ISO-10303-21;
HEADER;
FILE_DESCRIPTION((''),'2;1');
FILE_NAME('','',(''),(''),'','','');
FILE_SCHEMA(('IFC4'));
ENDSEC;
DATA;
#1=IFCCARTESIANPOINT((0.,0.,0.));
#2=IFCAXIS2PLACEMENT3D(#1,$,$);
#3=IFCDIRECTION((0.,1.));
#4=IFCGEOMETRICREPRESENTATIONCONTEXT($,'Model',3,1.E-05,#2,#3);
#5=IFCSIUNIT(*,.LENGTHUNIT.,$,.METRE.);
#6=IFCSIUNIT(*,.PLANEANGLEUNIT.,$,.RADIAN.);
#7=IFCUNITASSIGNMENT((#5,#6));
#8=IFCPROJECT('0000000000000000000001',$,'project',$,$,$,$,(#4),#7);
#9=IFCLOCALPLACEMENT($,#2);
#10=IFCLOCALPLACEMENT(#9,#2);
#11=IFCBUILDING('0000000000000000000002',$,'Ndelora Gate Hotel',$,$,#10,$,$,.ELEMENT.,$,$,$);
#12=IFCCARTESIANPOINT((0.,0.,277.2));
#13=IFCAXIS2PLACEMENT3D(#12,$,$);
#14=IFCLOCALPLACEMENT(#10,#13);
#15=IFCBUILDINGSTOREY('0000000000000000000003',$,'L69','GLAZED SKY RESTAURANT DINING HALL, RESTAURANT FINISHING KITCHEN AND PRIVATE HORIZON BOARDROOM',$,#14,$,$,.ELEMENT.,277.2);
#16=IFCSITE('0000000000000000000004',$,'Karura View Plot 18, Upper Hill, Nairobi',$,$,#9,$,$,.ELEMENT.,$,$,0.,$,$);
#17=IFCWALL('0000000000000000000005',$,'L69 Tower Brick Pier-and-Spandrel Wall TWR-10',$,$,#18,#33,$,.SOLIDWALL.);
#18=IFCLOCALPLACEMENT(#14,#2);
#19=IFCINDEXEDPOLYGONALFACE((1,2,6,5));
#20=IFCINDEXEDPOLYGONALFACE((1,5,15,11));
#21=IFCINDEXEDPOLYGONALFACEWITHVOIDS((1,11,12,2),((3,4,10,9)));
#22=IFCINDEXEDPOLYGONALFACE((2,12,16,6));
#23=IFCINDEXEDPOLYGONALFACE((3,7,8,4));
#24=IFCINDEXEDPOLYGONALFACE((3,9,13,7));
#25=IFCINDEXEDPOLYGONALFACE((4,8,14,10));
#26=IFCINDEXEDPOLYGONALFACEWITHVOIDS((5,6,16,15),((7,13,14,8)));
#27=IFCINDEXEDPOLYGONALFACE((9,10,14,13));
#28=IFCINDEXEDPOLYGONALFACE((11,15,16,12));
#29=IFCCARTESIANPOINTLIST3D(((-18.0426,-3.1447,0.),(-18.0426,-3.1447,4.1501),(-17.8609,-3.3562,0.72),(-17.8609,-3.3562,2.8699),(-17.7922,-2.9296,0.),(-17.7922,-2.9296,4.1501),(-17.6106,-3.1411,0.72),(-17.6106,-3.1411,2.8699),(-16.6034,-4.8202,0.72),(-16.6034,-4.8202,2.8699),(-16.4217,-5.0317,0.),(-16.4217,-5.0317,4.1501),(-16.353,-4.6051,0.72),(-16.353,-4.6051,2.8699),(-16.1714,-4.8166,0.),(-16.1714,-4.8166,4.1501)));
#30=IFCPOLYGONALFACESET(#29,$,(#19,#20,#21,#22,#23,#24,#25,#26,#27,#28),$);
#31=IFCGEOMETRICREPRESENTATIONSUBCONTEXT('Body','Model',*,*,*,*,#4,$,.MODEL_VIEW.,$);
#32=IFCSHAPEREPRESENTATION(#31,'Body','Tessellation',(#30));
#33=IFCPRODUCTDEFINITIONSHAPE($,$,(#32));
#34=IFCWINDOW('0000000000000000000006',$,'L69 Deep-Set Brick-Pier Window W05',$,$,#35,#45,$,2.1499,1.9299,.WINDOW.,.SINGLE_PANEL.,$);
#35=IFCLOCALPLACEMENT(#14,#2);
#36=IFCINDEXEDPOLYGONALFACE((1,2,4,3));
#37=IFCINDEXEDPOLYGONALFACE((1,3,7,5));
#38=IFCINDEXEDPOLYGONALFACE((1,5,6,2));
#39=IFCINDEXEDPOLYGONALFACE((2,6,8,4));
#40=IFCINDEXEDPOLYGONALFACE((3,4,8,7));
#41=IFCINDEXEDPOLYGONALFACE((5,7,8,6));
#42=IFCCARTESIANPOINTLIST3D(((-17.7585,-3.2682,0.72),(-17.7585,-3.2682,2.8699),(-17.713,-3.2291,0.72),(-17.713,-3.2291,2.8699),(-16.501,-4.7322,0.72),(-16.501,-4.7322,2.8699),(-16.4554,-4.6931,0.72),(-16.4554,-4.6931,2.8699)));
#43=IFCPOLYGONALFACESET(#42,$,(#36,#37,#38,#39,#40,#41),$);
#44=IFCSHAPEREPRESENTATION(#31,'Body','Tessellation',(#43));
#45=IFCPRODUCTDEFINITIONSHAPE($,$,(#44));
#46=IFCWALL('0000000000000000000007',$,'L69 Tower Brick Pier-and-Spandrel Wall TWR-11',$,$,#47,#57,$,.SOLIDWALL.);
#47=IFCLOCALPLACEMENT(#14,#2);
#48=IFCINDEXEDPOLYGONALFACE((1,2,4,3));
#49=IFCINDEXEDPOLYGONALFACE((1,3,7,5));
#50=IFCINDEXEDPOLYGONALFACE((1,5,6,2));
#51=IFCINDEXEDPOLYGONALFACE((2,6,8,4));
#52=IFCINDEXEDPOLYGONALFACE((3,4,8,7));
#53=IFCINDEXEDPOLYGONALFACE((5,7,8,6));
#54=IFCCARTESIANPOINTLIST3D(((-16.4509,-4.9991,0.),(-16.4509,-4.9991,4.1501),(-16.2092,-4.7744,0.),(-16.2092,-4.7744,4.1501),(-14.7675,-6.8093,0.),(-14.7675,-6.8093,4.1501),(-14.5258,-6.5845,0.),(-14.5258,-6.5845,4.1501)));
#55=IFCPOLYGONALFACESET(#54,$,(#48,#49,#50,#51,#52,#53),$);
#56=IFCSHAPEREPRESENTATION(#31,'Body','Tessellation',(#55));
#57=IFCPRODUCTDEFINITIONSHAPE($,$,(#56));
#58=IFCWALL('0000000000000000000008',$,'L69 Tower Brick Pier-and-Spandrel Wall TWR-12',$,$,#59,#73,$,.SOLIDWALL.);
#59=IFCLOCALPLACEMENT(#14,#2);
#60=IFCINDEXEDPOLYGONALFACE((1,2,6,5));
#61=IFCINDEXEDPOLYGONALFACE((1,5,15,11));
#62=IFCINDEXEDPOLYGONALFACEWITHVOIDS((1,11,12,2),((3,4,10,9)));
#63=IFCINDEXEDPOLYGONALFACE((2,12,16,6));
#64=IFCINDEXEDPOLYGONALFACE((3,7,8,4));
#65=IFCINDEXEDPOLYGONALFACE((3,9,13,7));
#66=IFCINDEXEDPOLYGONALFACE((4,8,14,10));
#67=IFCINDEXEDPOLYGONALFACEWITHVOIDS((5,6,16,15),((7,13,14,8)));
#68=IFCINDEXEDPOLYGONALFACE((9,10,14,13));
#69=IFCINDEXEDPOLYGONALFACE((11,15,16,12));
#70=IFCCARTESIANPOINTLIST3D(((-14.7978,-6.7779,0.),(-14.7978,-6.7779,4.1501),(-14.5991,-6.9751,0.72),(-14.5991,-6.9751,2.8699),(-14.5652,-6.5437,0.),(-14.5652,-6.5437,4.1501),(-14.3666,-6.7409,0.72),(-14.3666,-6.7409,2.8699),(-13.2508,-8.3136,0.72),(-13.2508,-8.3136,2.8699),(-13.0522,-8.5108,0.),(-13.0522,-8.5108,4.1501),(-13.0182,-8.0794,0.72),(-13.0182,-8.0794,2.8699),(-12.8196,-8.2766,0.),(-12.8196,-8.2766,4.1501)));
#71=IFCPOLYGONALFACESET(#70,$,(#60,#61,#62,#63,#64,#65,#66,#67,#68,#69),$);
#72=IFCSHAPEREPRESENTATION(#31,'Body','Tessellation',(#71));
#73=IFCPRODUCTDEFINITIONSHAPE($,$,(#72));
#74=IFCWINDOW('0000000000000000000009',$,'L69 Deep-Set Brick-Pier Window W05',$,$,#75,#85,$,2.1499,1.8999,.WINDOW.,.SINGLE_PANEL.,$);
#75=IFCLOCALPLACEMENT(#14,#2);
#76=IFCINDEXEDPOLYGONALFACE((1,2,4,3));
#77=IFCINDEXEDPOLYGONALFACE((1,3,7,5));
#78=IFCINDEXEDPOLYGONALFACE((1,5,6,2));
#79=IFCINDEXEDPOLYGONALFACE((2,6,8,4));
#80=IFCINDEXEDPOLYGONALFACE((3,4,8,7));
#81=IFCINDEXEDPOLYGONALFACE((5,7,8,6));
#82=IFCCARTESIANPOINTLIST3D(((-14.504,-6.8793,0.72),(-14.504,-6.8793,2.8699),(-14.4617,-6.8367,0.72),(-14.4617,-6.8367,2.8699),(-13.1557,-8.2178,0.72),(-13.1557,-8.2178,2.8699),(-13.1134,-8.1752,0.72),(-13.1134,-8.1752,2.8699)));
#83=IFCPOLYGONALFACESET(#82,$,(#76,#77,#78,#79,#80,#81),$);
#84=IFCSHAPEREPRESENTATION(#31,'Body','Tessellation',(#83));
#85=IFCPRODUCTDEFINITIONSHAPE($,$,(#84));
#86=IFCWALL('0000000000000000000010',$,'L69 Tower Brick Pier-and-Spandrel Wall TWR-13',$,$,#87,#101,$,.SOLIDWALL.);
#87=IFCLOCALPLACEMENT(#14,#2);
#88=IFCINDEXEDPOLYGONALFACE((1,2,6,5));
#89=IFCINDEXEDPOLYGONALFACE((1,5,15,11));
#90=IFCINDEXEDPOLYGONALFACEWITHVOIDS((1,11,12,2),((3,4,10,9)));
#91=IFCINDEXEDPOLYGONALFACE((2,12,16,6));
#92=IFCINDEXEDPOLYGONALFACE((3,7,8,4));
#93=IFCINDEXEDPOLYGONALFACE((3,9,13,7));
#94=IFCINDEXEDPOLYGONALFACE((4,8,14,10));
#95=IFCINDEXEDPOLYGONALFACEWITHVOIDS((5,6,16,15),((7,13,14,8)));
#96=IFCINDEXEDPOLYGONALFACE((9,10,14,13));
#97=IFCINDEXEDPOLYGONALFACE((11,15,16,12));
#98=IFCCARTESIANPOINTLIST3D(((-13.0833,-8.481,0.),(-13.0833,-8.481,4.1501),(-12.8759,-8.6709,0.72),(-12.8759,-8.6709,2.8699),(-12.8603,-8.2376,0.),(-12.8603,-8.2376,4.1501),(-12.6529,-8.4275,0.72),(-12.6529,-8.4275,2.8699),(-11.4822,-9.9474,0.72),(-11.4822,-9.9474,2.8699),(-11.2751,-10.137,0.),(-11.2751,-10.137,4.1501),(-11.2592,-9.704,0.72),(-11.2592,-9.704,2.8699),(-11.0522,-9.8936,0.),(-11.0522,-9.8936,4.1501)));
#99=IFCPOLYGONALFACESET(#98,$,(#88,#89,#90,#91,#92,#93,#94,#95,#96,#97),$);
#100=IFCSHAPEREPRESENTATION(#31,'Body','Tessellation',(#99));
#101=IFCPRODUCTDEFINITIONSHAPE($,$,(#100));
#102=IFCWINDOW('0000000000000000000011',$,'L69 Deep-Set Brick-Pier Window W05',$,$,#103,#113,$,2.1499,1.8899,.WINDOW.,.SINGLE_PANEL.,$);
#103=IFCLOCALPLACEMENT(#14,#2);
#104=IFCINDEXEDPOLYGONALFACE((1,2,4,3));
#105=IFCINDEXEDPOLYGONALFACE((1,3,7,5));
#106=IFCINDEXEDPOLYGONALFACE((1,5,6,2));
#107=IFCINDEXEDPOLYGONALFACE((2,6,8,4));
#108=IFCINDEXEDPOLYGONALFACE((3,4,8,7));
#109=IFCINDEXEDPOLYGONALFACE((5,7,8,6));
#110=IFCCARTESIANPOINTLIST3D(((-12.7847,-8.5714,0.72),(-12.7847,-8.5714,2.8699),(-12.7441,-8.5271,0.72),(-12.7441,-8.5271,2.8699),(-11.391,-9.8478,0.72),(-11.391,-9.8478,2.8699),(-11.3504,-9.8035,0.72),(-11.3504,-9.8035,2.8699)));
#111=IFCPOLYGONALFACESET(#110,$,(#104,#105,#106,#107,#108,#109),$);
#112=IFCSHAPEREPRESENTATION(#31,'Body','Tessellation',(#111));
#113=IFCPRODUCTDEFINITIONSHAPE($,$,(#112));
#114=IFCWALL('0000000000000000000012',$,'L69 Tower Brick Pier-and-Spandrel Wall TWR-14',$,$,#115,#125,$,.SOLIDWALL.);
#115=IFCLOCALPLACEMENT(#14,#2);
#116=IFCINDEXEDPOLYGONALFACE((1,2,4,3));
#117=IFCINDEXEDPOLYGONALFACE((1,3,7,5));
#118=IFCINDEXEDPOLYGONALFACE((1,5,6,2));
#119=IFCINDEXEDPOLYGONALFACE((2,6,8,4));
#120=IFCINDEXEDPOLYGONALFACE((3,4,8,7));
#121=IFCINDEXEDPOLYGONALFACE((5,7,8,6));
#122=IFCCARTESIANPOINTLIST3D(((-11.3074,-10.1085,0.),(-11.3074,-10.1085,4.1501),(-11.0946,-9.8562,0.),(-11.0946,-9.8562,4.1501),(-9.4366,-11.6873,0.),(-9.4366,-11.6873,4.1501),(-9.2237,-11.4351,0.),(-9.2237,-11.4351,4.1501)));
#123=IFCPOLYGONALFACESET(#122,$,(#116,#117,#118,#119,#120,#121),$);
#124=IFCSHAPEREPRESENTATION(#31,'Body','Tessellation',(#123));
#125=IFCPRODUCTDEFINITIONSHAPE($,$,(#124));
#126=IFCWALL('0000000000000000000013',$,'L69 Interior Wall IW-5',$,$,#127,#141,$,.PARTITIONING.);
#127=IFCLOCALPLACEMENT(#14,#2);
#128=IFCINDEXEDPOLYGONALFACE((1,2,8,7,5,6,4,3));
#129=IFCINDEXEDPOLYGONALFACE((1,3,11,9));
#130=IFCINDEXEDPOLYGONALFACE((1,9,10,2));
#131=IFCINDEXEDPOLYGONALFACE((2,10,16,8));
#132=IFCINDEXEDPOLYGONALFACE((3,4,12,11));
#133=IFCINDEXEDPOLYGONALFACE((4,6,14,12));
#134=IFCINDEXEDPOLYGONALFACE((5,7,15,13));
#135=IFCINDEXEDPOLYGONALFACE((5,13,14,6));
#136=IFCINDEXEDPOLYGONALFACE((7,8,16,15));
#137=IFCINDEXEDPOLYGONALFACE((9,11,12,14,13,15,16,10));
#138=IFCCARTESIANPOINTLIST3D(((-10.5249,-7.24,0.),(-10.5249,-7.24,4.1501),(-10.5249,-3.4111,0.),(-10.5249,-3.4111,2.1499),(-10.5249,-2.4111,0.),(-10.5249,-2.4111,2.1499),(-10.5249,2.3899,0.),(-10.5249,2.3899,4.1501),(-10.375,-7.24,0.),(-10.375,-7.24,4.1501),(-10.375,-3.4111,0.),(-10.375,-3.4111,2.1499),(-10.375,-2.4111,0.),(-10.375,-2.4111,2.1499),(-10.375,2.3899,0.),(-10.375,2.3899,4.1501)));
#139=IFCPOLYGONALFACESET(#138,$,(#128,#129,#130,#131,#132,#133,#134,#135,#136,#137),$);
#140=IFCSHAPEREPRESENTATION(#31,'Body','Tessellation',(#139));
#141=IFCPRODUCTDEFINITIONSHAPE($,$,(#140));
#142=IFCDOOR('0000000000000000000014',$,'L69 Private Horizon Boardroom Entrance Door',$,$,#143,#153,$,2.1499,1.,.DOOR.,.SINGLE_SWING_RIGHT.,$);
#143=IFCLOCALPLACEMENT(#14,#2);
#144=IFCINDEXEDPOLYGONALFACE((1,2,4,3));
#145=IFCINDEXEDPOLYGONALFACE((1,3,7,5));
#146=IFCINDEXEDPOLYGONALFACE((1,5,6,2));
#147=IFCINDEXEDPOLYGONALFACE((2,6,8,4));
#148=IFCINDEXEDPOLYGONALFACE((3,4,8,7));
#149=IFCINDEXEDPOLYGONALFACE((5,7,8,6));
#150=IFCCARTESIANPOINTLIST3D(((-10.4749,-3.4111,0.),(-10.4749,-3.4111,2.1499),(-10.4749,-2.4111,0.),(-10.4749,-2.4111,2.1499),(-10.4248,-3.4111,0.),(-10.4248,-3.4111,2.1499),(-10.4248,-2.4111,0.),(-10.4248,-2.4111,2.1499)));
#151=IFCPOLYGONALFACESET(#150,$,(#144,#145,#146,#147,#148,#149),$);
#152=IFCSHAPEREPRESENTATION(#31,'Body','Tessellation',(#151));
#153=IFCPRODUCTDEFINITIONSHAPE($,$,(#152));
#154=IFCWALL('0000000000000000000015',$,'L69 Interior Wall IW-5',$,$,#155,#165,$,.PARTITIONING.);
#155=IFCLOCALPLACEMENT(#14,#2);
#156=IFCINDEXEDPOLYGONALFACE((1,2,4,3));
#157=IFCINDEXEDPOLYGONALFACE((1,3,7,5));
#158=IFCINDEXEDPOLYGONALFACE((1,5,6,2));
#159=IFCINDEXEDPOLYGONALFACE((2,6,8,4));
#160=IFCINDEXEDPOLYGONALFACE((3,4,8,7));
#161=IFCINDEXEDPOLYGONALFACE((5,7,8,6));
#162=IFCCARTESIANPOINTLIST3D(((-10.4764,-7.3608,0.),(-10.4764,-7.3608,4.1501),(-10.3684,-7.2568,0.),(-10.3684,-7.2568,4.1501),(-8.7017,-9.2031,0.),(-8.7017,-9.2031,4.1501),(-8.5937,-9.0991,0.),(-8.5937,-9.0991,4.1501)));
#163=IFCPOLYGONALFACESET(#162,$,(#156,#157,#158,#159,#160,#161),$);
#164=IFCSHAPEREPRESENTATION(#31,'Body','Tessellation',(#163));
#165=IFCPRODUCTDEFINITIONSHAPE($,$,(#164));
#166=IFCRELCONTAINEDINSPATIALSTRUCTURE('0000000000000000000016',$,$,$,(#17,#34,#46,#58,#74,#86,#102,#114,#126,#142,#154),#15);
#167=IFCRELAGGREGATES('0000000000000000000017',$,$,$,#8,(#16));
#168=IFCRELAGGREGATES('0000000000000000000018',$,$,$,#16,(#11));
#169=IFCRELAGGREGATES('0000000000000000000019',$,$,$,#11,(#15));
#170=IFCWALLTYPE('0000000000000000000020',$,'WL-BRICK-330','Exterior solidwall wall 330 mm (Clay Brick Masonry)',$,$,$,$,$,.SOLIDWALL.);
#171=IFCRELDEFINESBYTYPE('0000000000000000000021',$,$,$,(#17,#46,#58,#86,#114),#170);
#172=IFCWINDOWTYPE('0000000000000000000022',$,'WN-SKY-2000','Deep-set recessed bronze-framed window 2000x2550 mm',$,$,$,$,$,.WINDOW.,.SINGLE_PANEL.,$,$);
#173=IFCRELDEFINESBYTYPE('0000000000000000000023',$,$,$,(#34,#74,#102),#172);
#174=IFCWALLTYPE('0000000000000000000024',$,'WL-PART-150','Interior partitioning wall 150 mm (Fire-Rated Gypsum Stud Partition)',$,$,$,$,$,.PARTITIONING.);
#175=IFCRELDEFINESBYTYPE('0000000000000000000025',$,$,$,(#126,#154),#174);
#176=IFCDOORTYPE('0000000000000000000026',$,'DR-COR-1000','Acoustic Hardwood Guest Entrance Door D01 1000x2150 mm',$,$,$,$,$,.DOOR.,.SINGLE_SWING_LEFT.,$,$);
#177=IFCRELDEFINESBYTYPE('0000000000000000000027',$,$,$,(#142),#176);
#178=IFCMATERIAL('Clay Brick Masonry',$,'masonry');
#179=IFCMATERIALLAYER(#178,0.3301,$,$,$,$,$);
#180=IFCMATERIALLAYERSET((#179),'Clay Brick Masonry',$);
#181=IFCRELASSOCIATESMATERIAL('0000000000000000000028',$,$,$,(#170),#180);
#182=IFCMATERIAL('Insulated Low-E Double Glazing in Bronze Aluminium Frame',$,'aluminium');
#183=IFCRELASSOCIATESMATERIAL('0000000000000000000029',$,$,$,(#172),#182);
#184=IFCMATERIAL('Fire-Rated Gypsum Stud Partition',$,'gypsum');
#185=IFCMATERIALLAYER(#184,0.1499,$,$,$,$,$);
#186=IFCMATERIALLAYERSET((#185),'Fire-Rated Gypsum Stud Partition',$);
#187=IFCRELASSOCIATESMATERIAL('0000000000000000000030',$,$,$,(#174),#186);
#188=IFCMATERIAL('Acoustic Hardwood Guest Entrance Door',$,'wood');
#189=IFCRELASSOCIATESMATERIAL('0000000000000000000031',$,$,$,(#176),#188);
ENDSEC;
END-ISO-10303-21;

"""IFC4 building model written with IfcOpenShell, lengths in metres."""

from ifc_helpers import new_model, si_unit, direction, frame, frame_2d, origin, place, context, subcontext, project, spatial, rectangle, extrude, material, layer, layer_set, type_object, element, fill, save


model = new_model("IFC4")

# Units and contexts
model_context = context("Model", 3, precision=1e-05, world=origin(), true_north=direction((0.0, 1.0)))
body_context = subcontext(model_context, "Body", "Model", "MODEL_VIEW")
ifc_project = project(units=[si_unit("LENGTHUNIT", "METRE"), si_unit("PLANEANGLEUNIT", "RADIAN")], contexts=[model_context])

# Site, building, storey
site_placement = place(None, origin())
site = spatial("IfcSite", under=ifc_project, at=site_placement, Name="Karura View Plot 18, Upper Hill, Nairobi", CompositionType="ELEMENT", RefElevation=0.0)
building_placement = place(site_placement, origin())
building = spatial("IfcBuilding", under=site, at=building_placement, Name="Ndelora Gate Hotel", CompositionType="ELEMENT")
storey_placement = place(building_placement, frame((0.0, 0.0, 277.2)))
storey = spatial("IfcBuildingStorey", under=building, at=storey_placement, Name="L69", Description="GLAZED SKY RESTAURANT DINING HALL, RESTAURANT FINISHING KITCHEN AND PRIVATE HORIZON BOARDROOM", CompositionType="ELEMENT", Elevation=277.2)

# Wall, opening, window
ifc_material_1 = material(Name="Clay Brick Masonry", Category="masonry")
ifc_layer_1 = layer(ifc_material_1, 0.3301)
ifc_layer_set_1 = layer_set([ifc_layer_1], Name="Clay Brick Masonry")
wall_type_1 = type_object("IfcWallType", Name="WL-BRICK-330", Description="Exterior solidwall wall 330 mm (Clay Brick Masonry)", PredefinedType="SOLIDWALL", material=ifc_layer_set_1)
wall_1_placement = place(storey_placement, frame((-16.2966, -4.9241, 0.0), z_axis=(0.0, 0.0, 1.0), x_axis=(-0.651591, 0.75857, 0.0)))
wall_1 = element("IfcWall", 1, at=wall_1_placement, inside=storey, type_object=wall_type_1, Name="L69 Tower Brick Pier-and-Spandrel Wall TWR-10", PredefinedType="SOLIDWALL", context=body_context, shape_type="SweptSolid", body=[
    extrude(rectangle(XDim=2.4875, YDim=0.3301, at=frame_2d((1.2437, 0.0))), origin(), (0.0, 0.0, 1.0), 4.1501),
])
opening_1_placement = place(wall_1_placement, frame((0.2788, 0.0, 0.72)))
opening_1 = element("IfcOpeningElement", 2, at=opening_1_placement, cuts=wall_1, PredefinedType="OPENING", context=body_context, shape_type="SweptSolid", body=[
    extrude(rectangle(XDim=1.9299, YDim=2.1499, at=frame_2d((0.9648, 1.075))), frame((0.0, 0.175, 0.0), z_axis=(0.0, -1.0, 0.0), x_axis=(1.0, 0.0, 0.0)), (0.0, 0.0, 1.0), 0.3501),
])
ifc_material_2 = material(Name="Insulated Low-E Double Glazing in Bronze Aluminium Frame", Category="aluminium")
window_type = type_object("IfcWindowType", Name="WN-SKY-2000", Description="Deep-set recessed bronze-framed window 2000x2550 mm", PartitioningType="SINGLE_PANEL", PredefinedType="WINDOW", material=ifc_material_2)
window_1_placement = place(opening_1_placement, origin())
window_1 = element("IfcWindow", 3, at=window_1_placement, inside=storey, type_object=window_type, Name="L69 Deep-Set Brick-Pier Window W05", OverallHeight=2.1499, OverallWidth=1.9299, PartitioningType="SINGLE_PANEL", PredefinedType="WINDOW", context=body_context, shape_type="SweptSolid", body=[
    extrude(rectangle(XDim=1.9299, YDim=2.1499, at=frame_2d((0.9648, 1.075))), frame((0.0, 0.03, 0.0), z_axis=(0.0, -1.0, 0.0), x_axis=(1.0, 0.0, 0.0)), (0.0, 0.0, 1.0), 0.0601),
])
fill(opening_1, window_1)

# Wall
wall_2_placement = place(storey_placement, frame((-14.6467, -6.6968, 0.0), z_axis=(0.0, 0.0, 1.0), x_axis=(-0.681012, 0.732273, 0.0)))
element("IfcWall", 4, at=wall_2_placement, inside=storey, type_object=wall_type_1, Name="L69 Tower Brick Pier-and-Spandrel Wall TWR-11", PredefinedType="SOLIDWALL", context=body_context, shape_type="SweptSolid", body=[
    extrude(rectangle(XDim=2.4719, YDim=0.3301, at=frame_2d((1.2358, 0.0))), origin(), (0.0, 0.0, 1.0), 4.1501),
])

# Walls, openings, windows
wall_3_placement = place(storey_placement, frame((-12.9358, -8.3938, 0.0), z_axis=(0.0, 0.0, 1.0), x_axis=(-0.709683, 0.704521, 0.0)))
wall_3 = element("IfcWall", 5, at=wall_3_placement, inside=storey, type_object=wall_type_1, Name="L69 Tower Brick Pier-and-Spandrel Wall TWR-12", PredefinedType="SOLIDWALL", context=body_context, shape_type="SweptSolid", body=[
    extrude(rectangle(XDim=2.4597, YDim=0.3301, at=frame_2d((1.23, 0.0))), origin(), (0.0, 0.0, 1.0), 4.1501),
])
opening_2_placement = place(wall_3_placement, frame((0.28, 0.0, 0.72)))
opening_2 = element("IfcOpeningElement", 6, at=opening_2_placement, cuts=wall_3, PredefinedType="OPENING", context=body_context, shape_type="SweptSolid", body=[
    extrude(rectangle(XDim=1.8999, YDim=2.1499, at=frame_2d((0.95, 1.075))), frame((0.0, 0.175, 0.0), z_axis=(0.0, -1.0, 0.0), x_axis=(1.0, 0.0, 0.0)), (0.0, 0.0, 1.0), 0.3501),
])
window_2_placement = place(opening_2_placement, origin())
window_2 = element("IfcWindow", 7, at=window_2_placement, inside=storey, type_object=window_type, Name="L69 Deep-Set Brick-Pier Window W05", OverallHeight=2.1499, OverallWidth=1.8999, PartitioningType="SINGLE_PANEL", PredefinedType="WINDOW", context=body_context, shape_type="SweptSolid", body=[
    extrude(rectangle(XDim=1.8999, YDim=2.1499, at=frame_2d((0.95, 1.075))), frame((0.0, 0.03, 0.0), z_axis=(0.0, -1.0, 0.0), x_axis=(1.0, 0.0, 0.0)), (0.0, 0.0, 1.0), 0.0601),
])
fill(opening_2, window_2)
wall_4_placement = place(storey_placement, frame((-11.1636, -10.0154, 0.0), z_axis=(0.0, 0.0, 1.0), x_axis=(-0.737443, 0.675409, 0.0)))
wall_4 = element("IfcWall", 8, at=wall_4_placement, inside=storey, type_object=wall_type_1, Name="L69 Tower Brick Pier-and-Spandrel Wall TWR-13", PredefinedType="SOLIDWALL", context=body_context, shape_type="SweptSolid", body=[
    extrude(rectangle(XDim=2.4519, YDim=0.3301, at=frame_2d((1.2261, 0.0))), origin(), (0.0, 0.0, 1.0), 4.1501),
])
opening_3_placement = place(wall_4_placement, frame((0.281, 0.0, 0.72)))
opening_3 = element("IfcOpeningElement", 9, at=opening_3_placement, cuts=wall_4, PredefinedType="OPENING", context=body_context, shape_type="SweptSolid", body=[
    extrude(rectangle(XDim=1.8899, YDim=2.1499, at=frame_2d((0.9448, 1.075))), frame((0.0, 0.175, 0.0), z_axis=(0.0, -1.0, 0.0), x_axis=(1.0, 0.0, 0.0)), (0.0, 0.0, 1.0), 0.3501),
])
window_3_placement = place(opening_3_placement, origin())
window_3 = element("IfcWindow", 10, at=window_3_placement, inside=storey, type_object=window_type, Name="L69 Deep-Set Brick-Pier Window W05", OverallHeight=2.1499, OverallWidth=1.8899, PartitioningType="SINGLE_PANEL", PredefinedType="WINDOW", context=body_context, shape_type="SweptSolid", body=[
    extrude(rectangle(XDim=1.8899, YDim=2.1499, at=frame_2d((0.9448, 1.075))), frame((0.0, 0.03, 0.0), z_axis=(0.0, -1.0, 0.0), x_axis=(1.0, 0.0, 0.0)), (0.0, 0.0, 1.0), 0.0601),
])
fill(opening_3, window_3)

# Wall
wall_5_placement = place(storey_placement, frame((-9.3301, -11.5613, 0.0), z_axis=(0.0, 0.0, 1.0), x_axis=(-0.764225, 0.644949, 0.0)))
element("IfcWall", 11, at=wall_5_placement, inside=storey, type_object=wall_type_1, Name="L69 Tower Brick Pier-and-Spandrel Wall TWR-14", PredefinedType="SOLIDWALL", context=body_context, shape_type="SweptSolid", body=[
    extrude(rectangle(XDim=2.448, YDim=0.3301, at=frame_2d((1.2241, 0.0))), origin(), (0.0, 0.0, 1.0), 4.1501),
])

# Wall, opening, door
ifc_material_3 = material(Name="Fire-Rated Gypsum Stud Partition", Category="gypsum")
ifc_layer_2 = layer(ifc_material_3, 0.1499)
ifc_layer_set_2 = layer_set([ifc_layer_2], Name="Fire-Rated Gypsum Stud Partition")
wall_type_2 = type_object("IfcWallType", Name="WL-PART-150", Description="Interior partitioning wall 150 mm (Fire-Rated Gypsum Stud Partition)", PredefinedType="PARTITIONING", material=ifc_layer_set_2)
wall_6_placement = place(storey_placement, frame((-10.45, -7.24, 0.0), z_axis=(0.0, 0.0, 1.0), x_axis=(0.0, 1.0, 0.0)))
wall_6 = element("IfcWall", 12, at=wall_6_placement, inside=storey, type_object=wall_type_2, Name="L69 Interior Wall IW-5", PredefinedType="PARTITIONING", context=body_context, shape_type="SweptSolid", body=[
    extrude(rectangle(XDim=9.6299, YDim=0.1499, at=frame_2d((4.8149, 0.0))), origin(), (0.0, 0.0, 1.0), 4.1501),
])
opening_4_placement = place(wall_6_placement, frame((3.8289, 0.0, 0.0)))
opening_4 = element("IfcOpeningElement", 13, at=opening_4_placement, cuts=wall_6, PredefinedType="OPENING", context=body_context, shape_type="SweptSolid", body=[
    extrude(rectangle(XDim=1.0, YDim=2.1499, at=frame_2d((0.5, 1.075))), frame((0.0, 0.085, 0.0), z_axis=(0.0, -1.0, 0.0), x_axis=(1.0, 0.0, 0.0)), (0.0, 0.0, 1.0), 0.1699),
])
ifc_material_4 = material(Name="Acoustic Hardwood Guest Entrance Door", Category="wood")
door_type = type_object("IfcDoorType", Name="DR-COR-1000", Description="Acoustic Hardwood Guest Entrance Door D01 1000x2150 mm", OperationType="SINGLE_SWING_LEFT", PredefinedType="DOOR", material=ifc_material_4)
door_placement = place(opening_4_placement, origin())
door = element("IfcDoor", 14, at=door_placement, inside=storey, type_object=door_type, Name="L69 Private Horizon Boardroom Entrance Door", OperationType="SINGLE_SWING_RIGHT", OverallHeight=2.1499, OverallWidth=1.0, PredefinedType="DOOR", context=body_context, shape_type="SweptSolid", body=[
    extrude(rectangle(XDim=1.0, YDim=2.1499, at=frame_2d((0.5, 1.075))), frame((0.0, 0.0249, 0.0), z_axis=(0.0, -1.0, 0.0), x_axis=(1.0, 0.0, 0.0)), (0.0, 0.0, 1.0), 0.05),
])
fill(opening_4, door)

# Wall
wall_7_placement = place(storey_placement, frame((-8.6477, -9.1511, 0.0), z_axis=(0.0, 0.0, 1.0), x_axis=(-0.693765, 0.720202, 0.0)))
element("IfcWall", 15, at=wall_7_placement, inside=storey, type_object=wall_type_2, Name="L69 Interior Wall IW-5", PredefinedType="PARTITIONING", context=body_context, shape_type="SweptSolid", body=[
    extrude(rectangle(XDim=2.5581, YDim=0.1499, at=frame_2d((1.2791, 0.0))), origin(), (0.0, 0.0, 1.0), 4.1501),
])

save(model, "model.ifc")
